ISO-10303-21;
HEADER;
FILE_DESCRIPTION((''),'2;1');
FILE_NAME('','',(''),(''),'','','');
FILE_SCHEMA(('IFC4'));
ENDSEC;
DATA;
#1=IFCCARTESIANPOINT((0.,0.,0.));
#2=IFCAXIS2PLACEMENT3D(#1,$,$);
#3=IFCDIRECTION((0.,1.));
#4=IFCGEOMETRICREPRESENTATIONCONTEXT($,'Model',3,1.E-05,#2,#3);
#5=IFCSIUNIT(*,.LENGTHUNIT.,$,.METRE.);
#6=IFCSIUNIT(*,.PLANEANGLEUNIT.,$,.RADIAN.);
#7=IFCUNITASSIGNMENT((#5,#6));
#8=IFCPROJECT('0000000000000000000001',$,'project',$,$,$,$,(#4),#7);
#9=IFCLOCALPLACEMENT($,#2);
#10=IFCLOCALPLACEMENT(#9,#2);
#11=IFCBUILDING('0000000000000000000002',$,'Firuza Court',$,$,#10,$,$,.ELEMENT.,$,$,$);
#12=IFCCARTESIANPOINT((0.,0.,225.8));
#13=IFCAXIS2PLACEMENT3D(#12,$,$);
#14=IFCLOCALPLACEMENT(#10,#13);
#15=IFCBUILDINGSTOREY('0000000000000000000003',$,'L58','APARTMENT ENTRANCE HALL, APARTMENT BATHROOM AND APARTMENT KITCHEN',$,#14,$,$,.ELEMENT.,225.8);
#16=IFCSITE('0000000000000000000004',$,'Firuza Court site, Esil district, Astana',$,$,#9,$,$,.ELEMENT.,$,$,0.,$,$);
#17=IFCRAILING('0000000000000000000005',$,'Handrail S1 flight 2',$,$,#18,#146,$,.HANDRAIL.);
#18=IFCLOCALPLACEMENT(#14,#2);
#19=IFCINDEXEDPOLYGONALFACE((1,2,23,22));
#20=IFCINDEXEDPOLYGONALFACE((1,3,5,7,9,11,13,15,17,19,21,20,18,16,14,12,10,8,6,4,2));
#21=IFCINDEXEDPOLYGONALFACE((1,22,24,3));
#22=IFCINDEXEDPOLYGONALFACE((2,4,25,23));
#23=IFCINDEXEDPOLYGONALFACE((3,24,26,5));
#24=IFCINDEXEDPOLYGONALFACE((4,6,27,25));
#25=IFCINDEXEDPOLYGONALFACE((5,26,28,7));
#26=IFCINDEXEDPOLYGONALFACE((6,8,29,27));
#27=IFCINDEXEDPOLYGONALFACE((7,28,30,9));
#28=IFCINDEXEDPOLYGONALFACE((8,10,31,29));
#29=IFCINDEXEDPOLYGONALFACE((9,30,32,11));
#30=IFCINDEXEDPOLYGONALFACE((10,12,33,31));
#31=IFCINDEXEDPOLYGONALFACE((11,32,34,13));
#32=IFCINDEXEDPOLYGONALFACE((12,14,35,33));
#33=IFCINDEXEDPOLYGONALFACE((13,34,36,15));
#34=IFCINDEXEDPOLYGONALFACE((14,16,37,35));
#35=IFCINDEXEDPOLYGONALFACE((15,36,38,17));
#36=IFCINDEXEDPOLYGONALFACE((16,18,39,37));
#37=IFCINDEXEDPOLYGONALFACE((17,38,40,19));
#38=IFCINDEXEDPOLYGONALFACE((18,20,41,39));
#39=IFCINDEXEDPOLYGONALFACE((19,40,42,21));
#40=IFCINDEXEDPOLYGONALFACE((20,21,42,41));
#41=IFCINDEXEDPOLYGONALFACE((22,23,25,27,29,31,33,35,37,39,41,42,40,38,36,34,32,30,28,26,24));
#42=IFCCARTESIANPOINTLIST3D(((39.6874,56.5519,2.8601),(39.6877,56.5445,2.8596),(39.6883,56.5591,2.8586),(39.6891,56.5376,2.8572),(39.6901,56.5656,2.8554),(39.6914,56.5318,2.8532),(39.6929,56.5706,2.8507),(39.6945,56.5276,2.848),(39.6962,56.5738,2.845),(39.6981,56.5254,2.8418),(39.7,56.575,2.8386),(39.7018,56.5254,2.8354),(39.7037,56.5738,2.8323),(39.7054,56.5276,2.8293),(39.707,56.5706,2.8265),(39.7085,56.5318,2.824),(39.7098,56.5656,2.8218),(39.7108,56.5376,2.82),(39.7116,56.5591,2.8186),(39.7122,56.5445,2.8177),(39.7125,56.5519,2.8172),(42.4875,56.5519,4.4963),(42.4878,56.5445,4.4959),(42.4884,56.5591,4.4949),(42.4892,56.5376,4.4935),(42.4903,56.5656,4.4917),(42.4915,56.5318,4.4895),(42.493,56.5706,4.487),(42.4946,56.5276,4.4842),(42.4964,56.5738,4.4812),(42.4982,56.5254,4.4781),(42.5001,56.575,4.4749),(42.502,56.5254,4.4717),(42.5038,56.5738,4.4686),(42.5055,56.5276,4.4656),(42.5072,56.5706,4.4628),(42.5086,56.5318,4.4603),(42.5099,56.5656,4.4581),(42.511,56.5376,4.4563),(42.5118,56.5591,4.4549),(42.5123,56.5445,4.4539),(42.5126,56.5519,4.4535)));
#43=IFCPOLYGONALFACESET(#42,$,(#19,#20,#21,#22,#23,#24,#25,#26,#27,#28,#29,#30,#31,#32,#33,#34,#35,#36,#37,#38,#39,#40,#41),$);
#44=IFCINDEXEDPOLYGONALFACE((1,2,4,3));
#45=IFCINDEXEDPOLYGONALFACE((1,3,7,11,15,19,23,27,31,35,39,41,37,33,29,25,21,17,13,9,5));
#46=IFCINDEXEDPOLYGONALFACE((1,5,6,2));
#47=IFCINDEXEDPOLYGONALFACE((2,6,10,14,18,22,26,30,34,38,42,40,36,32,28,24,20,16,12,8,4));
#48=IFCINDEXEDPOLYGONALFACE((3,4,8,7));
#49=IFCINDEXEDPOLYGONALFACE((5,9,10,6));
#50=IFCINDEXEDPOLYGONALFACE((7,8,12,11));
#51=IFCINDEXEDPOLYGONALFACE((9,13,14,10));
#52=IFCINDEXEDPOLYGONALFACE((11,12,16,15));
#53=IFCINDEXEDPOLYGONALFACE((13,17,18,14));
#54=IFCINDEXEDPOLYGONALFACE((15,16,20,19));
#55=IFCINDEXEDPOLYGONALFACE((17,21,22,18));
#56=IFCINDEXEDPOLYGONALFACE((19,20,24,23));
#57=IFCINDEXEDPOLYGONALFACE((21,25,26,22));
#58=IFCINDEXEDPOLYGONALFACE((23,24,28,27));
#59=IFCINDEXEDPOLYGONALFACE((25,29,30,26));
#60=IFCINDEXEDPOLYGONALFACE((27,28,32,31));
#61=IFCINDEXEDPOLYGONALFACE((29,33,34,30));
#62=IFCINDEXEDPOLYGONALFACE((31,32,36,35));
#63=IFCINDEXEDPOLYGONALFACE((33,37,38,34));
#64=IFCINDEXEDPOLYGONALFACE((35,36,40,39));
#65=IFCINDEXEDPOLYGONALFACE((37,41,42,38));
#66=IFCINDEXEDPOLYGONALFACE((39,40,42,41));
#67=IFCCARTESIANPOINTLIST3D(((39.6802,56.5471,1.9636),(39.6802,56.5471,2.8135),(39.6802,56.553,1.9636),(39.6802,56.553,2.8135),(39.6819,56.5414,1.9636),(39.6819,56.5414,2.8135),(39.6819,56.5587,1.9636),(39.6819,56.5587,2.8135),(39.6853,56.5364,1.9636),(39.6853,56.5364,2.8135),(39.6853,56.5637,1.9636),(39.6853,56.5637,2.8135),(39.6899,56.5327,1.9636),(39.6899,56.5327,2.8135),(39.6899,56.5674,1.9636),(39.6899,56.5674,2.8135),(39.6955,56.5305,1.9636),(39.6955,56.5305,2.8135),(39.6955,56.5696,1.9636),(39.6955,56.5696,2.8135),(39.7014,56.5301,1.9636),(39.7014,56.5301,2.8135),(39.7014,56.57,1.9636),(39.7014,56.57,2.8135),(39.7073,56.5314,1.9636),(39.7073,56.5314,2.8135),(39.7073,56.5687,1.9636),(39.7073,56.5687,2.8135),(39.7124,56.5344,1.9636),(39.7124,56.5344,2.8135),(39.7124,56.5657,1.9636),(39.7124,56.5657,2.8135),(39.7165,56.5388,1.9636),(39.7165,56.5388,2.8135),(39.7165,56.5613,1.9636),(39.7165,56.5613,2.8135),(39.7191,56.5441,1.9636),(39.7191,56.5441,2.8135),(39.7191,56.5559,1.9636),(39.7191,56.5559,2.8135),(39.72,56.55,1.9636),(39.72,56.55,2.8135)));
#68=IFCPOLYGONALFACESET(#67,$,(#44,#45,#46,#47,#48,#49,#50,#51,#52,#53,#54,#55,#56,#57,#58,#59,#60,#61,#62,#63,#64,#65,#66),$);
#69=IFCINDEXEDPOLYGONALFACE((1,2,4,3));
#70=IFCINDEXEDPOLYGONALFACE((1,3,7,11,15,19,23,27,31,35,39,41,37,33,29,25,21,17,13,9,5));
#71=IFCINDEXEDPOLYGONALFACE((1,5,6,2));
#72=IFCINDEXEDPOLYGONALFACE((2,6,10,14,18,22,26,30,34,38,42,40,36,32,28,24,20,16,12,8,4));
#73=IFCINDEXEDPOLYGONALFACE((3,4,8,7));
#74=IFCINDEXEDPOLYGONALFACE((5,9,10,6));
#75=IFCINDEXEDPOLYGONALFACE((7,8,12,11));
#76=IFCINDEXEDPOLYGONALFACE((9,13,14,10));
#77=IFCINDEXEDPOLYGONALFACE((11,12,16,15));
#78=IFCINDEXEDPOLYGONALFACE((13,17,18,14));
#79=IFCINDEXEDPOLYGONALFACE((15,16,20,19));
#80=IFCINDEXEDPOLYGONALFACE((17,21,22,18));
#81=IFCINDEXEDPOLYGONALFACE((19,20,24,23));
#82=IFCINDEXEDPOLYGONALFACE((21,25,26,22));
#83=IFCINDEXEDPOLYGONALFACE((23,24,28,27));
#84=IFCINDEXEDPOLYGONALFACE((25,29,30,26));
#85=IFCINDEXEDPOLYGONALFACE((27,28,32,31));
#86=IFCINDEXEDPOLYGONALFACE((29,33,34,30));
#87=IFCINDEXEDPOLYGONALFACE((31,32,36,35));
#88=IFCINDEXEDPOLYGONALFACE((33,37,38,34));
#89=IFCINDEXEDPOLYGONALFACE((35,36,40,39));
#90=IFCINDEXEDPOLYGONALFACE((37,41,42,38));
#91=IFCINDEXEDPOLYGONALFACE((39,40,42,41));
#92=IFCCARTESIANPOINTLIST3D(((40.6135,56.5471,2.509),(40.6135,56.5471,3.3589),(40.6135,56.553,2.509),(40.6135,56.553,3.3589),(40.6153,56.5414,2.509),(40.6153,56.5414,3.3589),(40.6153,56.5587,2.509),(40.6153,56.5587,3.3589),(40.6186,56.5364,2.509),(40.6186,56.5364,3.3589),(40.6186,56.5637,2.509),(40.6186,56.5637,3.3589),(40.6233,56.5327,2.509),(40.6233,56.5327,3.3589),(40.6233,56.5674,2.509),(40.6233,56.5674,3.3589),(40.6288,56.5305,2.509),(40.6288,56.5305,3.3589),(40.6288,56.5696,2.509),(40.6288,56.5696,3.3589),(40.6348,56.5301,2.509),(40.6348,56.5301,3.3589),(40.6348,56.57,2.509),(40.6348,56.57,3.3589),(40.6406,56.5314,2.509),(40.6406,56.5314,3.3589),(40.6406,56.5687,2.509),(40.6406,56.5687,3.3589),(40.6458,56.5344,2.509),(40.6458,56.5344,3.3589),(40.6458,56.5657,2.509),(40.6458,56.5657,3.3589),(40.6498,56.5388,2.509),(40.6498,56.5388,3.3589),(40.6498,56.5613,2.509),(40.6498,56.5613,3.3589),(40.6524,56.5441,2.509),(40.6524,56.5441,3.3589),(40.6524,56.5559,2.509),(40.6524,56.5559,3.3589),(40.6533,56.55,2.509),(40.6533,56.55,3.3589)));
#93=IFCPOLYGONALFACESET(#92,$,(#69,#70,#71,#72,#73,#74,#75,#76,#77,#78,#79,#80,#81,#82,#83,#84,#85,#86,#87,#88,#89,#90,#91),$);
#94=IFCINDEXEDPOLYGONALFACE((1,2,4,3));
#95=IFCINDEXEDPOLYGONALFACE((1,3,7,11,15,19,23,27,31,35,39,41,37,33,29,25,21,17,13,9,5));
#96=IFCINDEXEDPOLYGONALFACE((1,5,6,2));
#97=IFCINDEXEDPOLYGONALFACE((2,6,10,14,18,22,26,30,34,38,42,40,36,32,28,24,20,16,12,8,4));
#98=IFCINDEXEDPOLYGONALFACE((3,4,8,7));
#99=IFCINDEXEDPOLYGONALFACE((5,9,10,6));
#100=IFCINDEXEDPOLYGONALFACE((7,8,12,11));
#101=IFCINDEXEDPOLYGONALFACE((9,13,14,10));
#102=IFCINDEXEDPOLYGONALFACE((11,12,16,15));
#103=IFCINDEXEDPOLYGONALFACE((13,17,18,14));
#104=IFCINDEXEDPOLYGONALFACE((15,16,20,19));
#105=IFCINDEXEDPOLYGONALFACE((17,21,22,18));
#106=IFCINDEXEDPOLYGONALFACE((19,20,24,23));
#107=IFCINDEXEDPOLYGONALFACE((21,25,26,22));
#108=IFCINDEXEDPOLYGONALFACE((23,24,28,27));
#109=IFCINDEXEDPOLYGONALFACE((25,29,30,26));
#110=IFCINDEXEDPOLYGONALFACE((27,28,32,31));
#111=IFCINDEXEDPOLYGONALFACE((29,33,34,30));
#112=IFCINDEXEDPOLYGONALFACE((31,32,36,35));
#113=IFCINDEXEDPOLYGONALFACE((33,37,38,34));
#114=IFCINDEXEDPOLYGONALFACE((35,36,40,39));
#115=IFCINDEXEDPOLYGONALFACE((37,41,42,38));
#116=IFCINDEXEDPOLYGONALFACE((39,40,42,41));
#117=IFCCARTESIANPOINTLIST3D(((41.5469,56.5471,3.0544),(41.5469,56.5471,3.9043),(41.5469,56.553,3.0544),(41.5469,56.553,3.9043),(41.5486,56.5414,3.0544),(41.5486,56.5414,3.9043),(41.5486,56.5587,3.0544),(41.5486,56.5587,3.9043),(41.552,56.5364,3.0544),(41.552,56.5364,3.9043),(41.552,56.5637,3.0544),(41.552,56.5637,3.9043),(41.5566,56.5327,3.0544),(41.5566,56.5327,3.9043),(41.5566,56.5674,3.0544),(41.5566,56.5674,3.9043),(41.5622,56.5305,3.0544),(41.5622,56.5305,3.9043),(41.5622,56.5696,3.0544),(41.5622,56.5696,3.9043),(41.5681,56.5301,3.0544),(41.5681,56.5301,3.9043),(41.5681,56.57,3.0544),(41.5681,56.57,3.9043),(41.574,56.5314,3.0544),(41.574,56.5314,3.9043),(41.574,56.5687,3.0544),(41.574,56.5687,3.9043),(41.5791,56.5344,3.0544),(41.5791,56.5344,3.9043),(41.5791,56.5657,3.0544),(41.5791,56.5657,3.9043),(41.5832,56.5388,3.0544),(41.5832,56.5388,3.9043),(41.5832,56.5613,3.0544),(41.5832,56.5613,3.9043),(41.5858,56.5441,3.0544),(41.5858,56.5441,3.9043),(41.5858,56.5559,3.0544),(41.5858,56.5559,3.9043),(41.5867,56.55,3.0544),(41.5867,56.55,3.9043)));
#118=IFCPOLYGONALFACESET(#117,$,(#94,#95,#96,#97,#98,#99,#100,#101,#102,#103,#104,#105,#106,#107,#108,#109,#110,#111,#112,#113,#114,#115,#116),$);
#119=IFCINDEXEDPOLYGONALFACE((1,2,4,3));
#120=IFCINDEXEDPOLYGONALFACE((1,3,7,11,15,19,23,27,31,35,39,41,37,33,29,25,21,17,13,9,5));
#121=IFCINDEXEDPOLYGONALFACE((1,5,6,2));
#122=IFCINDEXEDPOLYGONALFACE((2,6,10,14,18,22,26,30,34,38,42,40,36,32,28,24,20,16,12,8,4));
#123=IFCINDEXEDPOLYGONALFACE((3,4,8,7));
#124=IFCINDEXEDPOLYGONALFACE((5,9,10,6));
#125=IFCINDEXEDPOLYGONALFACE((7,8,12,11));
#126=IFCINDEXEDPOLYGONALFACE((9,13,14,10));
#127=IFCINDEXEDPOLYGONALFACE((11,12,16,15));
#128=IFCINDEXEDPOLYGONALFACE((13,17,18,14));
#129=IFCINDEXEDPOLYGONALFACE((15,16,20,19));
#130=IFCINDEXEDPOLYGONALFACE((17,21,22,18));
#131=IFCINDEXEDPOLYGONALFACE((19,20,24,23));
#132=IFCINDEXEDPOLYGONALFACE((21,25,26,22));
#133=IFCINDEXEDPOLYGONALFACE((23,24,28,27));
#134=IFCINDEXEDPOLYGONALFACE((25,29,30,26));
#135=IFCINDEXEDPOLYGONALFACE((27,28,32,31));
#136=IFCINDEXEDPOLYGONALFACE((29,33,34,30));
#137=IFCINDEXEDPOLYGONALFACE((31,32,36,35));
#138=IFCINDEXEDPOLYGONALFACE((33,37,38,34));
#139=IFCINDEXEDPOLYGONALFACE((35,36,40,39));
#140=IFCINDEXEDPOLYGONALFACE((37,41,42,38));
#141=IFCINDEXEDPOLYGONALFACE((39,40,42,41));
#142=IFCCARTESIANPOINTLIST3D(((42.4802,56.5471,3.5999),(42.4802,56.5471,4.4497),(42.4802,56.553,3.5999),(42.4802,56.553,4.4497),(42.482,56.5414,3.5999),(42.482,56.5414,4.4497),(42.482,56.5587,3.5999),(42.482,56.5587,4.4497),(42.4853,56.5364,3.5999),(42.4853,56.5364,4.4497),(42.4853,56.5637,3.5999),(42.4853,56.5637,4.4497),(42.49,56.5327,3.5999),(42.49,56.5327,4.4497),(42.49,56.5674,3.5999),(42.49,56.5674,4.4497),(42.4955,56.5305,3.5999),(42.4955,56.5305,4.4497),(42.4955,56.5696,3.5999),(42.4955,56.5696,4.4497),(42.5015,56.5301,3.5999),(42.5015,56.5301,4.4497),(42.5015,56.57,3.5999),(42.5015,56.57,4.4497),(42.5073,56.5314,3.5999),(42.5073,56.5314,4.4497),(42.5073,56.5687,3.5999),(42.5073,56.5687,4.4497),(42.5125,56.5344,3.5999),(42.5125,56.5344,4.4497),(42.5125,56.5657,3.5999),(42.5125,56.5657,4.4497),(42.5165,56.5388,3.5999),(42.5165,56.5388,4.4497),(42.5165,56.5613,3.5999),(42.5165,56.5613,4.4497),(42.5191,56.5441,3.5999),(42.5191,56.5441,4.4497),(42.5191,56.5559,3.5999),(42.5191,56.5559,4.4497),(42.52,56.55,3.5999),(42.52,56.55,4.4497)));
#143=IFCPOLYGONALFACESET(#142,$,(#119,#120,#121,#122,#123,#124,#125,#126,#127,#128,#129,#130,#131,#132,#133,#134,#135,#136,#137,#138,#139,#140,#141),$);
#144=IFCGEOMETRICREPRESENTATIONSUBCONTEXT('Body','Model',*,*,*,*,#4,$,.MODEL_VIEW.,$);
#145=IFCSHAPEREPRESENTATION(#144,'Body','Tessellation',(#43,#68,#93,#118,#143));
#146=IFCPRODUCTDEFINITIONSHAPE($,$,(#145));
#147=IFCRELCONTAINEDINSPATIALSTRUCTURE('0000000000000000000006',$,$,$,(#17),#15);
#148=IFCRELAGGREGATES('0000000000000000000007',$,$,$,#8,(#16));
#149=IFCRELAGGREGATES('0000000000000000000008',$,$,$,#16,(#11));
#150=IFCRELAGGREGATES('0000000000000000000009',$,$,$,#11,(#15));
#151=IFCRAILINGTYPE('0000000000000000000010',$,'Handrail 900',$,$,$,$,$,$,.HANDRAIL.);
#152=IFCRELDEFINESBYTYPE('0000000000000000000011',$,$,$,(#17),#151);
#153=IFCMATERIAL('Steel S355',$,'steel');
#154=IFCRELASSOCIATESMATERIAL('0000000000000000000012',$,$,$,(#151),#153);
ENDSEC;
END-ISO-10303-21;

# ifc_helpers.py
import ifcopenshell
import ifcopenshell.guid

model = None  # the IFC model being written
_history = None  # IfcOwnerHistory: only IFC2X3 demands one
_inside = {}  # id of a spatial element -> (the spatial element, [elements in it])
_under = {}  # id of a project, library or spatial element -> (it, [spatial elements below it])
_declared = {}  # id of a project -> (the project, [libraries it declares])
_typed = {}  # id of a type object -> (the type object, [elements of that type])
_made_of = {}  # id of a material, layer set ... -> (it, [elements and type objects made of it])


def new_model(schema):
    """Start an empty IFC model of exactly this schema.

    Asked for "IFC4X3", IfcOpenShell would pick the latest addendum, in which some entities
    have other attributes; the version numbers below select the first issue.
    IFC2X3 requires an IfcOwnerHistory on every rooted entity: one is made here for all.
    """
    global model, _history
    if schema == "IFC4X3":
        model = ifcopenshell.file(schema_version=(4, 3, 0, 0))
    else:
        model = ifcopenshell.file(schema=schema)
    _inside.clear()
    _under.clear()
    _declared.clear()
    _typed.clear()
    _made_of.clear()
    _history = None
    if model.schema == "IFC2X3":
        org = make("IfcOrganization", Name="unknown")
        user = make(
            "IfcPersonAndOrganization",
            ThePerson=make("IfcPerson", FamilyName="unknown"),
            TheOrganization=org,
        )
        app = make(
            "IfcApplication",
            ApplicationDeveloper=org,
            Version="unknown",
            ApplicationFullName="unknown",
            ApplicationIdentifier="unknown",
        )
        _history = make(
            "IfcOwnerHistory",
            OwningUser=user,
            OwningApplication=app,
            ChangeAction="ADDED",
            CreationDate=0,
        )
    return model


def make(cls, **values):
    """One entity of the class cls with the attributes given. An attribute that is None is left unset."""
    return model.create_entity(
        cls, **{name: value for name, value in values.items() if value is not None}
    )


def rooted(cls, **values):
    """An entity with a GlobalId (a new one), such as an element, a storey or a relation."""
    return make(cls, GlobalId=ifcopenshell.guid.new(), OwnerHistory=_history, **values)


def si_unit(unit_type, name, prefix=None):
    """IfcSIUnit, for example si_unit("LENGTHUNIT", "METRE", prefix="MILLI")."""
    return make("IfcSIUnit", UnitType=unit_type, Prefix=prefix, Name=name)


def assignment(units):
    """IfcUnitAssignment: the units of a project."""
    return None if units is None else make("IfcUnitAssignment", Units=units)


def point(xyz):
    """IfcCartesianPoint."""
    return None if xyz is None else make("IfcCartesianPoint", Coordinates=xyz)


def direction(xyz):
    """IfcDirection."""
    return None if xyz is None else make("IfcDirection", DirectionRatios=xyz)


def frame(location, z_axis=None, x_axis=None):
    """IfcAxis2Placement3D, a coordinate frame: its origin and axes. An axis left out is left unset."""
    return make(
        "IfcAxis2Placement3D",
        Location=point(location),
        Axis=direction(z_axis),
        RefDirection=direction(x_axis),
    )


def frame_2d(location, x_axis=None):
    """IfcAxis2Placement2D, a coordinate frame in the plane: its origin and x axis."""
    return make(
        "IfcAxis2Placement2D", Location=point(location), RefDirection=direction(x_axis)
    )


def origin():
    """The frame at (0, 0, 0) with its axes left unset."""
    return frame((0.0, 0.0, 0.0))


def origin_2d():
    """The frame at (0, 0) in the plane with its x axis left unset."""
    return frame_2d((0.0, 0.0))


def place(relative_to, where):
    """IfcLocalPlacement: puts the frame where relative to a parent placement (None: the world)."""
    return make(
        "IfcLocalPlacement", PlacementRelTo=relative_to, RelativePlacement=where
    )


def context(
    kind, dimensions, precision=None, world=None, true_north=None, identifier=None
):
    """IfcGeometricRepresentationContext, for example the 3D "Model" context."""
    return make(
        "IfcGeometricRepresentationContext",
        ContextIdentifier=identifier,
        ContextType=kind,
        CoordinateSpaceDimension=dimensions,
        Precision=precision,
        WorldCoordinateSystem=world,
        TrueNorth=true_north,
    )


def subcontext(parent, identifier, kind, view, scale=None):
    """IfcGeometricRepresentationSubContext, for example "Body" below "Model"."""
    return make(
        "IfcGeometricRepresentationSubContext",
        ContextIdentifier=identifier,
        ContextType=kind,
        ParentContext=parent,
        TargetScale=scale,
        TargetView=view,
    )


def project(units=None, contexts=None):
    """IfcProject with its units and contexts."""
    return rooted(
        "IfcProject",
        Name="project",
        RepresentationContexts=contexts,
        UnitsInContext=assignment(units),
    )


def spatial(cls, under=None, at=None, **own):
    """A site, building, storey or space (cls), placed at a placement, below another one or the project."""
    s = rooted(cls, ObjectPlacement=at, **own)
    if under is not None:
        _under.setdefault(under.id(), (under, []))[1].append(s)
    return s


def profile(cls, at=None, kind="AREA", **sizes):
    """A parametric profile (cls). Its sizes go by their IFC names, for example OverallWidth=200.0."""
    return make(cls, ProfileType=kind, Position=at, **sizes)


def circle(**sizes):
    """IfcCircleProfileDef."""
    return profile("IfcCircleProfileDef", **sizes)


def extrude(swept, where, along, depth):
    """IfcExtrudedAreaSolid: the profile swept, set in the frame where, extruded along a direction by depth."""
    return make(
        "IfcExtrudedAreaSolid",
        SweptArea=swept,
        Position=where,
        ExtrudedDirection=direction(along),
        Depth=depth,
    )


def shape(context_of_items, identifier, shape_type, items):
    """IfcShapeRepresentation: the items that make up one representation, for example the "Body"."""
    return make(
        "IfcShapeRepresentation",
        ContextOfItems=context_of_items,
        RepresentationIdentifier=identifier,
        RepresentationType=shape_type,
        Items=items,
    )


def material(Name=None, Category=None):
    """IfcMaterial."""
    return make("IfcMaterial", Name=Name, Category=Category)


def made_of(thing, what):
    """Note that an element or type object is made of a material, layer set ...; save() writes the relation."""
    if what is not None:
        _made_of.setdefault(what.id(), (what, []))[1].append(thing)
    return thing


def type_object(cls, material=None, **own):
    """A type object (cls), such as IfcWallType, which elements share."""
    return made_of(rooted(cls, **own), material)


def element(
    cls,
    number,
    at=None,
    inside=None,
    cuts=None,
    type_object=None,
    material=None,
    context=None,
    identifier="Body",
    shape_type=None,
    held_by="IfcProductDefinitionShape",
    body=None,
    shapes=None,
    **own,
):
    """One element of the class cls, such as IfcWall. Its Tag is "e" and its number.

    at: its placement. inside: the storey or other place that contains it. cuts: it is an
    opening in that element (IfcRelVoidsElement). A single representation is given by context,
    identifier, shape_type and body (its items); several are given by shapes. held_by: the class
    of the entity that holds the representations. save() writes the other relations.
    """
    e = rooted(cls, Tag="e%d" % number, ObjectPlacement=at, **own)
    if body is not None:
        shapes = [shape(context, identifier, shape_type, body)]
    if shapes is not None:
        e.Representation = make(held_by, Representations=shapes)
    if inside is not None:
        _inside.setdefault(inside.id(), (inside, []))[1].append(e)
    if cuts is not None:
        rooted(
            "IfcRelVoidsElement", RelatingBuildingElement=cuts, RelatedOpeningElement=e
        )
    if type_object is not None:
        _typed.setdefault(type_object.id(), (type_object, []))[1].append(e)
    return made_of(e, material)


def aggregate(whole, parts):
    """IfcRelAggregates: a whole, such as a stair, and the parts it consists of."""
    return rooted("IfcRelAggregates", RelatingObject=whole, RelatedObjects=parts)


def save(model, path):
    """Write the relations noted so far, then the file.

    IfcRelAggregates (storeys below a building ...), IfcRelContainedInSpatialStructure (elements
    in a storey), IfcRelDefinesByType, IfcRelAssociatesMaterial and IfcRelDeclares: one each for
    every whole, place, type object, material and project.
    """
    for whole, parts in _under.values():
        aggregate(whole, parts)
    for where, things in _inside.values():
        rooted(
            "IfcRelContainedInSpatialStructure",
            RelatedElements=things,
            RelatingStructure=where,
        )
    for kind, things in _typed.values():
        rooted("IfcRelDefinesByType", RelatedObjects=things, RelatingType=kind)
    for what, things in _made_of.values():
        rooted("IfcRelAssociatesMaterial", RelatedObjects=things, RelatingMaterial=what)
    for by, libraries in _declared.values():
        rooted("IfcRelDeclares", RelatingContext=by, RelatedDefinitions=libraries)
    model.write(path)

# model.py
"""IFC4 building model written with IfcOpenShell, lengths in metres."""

from ifc_helpers import new_model, si_unit, direction, frame, origin, origin_2d, place, context, subcontext, project, spatial, circle, extrude, material, type_object, element, save


model = new_model("IFC4")

# Units and contexts
model_context = context("Model", 3, precision=1e-05, world=origin(), true_north=direction((0.0, 1.0)))
body_context = subcontext(model_context, "Body", "Model", "MODEL_VIEW")
ifc_project = project(units=[si_unit("LENGTHUNIT", "METRE"), si_unit("PLANEANGLEUNIT", "RADIAN")], contexts=[model_context])

# Site, building, storey
site_placement = place(None, origin())
site = spatial("IfcSite", under=ifc_project, at=site_placement, Name="Firuza Court site, Esil district, Astana", CompositionType="ELEMENT", RefElevation=0.0)
building_placement = place(site_placement, origin())
building = spatial("IfcBuilding", under=site, at=building_placement, Name="Firuza Court", CompositionType="ELEMENT")
storey_placement = place(building_placement, frame((0.0, 0.0, 225.8)))
storey = spatial("IfcBuildingStorey", under=building, at=storey_placement, Name="L58", Description="APARTMENT ENTRANCE HALL, APARTMENT BATHROOM AND APARTMENT KITCHEN", CompositionType="ELEMENT", Elevation=225.8)

# Railing
ifc_material_1 = material(Name="Steel S355", Category="steel")
railing_type = type_object("IfcRailingType", Name="Handrail 900", PredefinedType="HANDRAIL", material=ifc_material_1)
railing_1_placement = place(storey_placement, frame((39.7, 56.55, 1.9636)))
element("IfcRailing", 1, at=railing_1_placement, inside=storey, type_object=railing_type, Name="Handrail S1 flight 2", PredefinedType="HANDRAIL", context=body_context, shape_type="SweptSolid", body=[
    extrude(circle(Radius=0.0249, at=origin_2d()), frame((0.0, 0.0, 0.875), z_axis=(0.863394, 0.0, 0.504531), x_axis=(0.0, 1.0, 0.0)), (0.0, 0.0, 1.0), 3.2432),
    extrude(circle(Radius=0.02, at=origin_2d()), origin(), (0.0, 0.0, 1.0), 0.8499),
    extrude(circle(Radius=0.02, at=origin_2d()), frame((0.9333, 0.0, 0.5454)), (0.0, 0.0, 1.0), 0.8499),
    extrude(circle(Radius=0.02, at=origin_2d()), frame((1.8667, 0.0, 1.0908)), (0.0, 0.0, 1.0), 0.8499),
    extrude(circle(Radius=0.02, at=origin_2d()), frame((2.8, 0.0, 1.6362)), (0.0, 0.0, 1.0), 0.8499),
])

save(model, "model.ifc")
